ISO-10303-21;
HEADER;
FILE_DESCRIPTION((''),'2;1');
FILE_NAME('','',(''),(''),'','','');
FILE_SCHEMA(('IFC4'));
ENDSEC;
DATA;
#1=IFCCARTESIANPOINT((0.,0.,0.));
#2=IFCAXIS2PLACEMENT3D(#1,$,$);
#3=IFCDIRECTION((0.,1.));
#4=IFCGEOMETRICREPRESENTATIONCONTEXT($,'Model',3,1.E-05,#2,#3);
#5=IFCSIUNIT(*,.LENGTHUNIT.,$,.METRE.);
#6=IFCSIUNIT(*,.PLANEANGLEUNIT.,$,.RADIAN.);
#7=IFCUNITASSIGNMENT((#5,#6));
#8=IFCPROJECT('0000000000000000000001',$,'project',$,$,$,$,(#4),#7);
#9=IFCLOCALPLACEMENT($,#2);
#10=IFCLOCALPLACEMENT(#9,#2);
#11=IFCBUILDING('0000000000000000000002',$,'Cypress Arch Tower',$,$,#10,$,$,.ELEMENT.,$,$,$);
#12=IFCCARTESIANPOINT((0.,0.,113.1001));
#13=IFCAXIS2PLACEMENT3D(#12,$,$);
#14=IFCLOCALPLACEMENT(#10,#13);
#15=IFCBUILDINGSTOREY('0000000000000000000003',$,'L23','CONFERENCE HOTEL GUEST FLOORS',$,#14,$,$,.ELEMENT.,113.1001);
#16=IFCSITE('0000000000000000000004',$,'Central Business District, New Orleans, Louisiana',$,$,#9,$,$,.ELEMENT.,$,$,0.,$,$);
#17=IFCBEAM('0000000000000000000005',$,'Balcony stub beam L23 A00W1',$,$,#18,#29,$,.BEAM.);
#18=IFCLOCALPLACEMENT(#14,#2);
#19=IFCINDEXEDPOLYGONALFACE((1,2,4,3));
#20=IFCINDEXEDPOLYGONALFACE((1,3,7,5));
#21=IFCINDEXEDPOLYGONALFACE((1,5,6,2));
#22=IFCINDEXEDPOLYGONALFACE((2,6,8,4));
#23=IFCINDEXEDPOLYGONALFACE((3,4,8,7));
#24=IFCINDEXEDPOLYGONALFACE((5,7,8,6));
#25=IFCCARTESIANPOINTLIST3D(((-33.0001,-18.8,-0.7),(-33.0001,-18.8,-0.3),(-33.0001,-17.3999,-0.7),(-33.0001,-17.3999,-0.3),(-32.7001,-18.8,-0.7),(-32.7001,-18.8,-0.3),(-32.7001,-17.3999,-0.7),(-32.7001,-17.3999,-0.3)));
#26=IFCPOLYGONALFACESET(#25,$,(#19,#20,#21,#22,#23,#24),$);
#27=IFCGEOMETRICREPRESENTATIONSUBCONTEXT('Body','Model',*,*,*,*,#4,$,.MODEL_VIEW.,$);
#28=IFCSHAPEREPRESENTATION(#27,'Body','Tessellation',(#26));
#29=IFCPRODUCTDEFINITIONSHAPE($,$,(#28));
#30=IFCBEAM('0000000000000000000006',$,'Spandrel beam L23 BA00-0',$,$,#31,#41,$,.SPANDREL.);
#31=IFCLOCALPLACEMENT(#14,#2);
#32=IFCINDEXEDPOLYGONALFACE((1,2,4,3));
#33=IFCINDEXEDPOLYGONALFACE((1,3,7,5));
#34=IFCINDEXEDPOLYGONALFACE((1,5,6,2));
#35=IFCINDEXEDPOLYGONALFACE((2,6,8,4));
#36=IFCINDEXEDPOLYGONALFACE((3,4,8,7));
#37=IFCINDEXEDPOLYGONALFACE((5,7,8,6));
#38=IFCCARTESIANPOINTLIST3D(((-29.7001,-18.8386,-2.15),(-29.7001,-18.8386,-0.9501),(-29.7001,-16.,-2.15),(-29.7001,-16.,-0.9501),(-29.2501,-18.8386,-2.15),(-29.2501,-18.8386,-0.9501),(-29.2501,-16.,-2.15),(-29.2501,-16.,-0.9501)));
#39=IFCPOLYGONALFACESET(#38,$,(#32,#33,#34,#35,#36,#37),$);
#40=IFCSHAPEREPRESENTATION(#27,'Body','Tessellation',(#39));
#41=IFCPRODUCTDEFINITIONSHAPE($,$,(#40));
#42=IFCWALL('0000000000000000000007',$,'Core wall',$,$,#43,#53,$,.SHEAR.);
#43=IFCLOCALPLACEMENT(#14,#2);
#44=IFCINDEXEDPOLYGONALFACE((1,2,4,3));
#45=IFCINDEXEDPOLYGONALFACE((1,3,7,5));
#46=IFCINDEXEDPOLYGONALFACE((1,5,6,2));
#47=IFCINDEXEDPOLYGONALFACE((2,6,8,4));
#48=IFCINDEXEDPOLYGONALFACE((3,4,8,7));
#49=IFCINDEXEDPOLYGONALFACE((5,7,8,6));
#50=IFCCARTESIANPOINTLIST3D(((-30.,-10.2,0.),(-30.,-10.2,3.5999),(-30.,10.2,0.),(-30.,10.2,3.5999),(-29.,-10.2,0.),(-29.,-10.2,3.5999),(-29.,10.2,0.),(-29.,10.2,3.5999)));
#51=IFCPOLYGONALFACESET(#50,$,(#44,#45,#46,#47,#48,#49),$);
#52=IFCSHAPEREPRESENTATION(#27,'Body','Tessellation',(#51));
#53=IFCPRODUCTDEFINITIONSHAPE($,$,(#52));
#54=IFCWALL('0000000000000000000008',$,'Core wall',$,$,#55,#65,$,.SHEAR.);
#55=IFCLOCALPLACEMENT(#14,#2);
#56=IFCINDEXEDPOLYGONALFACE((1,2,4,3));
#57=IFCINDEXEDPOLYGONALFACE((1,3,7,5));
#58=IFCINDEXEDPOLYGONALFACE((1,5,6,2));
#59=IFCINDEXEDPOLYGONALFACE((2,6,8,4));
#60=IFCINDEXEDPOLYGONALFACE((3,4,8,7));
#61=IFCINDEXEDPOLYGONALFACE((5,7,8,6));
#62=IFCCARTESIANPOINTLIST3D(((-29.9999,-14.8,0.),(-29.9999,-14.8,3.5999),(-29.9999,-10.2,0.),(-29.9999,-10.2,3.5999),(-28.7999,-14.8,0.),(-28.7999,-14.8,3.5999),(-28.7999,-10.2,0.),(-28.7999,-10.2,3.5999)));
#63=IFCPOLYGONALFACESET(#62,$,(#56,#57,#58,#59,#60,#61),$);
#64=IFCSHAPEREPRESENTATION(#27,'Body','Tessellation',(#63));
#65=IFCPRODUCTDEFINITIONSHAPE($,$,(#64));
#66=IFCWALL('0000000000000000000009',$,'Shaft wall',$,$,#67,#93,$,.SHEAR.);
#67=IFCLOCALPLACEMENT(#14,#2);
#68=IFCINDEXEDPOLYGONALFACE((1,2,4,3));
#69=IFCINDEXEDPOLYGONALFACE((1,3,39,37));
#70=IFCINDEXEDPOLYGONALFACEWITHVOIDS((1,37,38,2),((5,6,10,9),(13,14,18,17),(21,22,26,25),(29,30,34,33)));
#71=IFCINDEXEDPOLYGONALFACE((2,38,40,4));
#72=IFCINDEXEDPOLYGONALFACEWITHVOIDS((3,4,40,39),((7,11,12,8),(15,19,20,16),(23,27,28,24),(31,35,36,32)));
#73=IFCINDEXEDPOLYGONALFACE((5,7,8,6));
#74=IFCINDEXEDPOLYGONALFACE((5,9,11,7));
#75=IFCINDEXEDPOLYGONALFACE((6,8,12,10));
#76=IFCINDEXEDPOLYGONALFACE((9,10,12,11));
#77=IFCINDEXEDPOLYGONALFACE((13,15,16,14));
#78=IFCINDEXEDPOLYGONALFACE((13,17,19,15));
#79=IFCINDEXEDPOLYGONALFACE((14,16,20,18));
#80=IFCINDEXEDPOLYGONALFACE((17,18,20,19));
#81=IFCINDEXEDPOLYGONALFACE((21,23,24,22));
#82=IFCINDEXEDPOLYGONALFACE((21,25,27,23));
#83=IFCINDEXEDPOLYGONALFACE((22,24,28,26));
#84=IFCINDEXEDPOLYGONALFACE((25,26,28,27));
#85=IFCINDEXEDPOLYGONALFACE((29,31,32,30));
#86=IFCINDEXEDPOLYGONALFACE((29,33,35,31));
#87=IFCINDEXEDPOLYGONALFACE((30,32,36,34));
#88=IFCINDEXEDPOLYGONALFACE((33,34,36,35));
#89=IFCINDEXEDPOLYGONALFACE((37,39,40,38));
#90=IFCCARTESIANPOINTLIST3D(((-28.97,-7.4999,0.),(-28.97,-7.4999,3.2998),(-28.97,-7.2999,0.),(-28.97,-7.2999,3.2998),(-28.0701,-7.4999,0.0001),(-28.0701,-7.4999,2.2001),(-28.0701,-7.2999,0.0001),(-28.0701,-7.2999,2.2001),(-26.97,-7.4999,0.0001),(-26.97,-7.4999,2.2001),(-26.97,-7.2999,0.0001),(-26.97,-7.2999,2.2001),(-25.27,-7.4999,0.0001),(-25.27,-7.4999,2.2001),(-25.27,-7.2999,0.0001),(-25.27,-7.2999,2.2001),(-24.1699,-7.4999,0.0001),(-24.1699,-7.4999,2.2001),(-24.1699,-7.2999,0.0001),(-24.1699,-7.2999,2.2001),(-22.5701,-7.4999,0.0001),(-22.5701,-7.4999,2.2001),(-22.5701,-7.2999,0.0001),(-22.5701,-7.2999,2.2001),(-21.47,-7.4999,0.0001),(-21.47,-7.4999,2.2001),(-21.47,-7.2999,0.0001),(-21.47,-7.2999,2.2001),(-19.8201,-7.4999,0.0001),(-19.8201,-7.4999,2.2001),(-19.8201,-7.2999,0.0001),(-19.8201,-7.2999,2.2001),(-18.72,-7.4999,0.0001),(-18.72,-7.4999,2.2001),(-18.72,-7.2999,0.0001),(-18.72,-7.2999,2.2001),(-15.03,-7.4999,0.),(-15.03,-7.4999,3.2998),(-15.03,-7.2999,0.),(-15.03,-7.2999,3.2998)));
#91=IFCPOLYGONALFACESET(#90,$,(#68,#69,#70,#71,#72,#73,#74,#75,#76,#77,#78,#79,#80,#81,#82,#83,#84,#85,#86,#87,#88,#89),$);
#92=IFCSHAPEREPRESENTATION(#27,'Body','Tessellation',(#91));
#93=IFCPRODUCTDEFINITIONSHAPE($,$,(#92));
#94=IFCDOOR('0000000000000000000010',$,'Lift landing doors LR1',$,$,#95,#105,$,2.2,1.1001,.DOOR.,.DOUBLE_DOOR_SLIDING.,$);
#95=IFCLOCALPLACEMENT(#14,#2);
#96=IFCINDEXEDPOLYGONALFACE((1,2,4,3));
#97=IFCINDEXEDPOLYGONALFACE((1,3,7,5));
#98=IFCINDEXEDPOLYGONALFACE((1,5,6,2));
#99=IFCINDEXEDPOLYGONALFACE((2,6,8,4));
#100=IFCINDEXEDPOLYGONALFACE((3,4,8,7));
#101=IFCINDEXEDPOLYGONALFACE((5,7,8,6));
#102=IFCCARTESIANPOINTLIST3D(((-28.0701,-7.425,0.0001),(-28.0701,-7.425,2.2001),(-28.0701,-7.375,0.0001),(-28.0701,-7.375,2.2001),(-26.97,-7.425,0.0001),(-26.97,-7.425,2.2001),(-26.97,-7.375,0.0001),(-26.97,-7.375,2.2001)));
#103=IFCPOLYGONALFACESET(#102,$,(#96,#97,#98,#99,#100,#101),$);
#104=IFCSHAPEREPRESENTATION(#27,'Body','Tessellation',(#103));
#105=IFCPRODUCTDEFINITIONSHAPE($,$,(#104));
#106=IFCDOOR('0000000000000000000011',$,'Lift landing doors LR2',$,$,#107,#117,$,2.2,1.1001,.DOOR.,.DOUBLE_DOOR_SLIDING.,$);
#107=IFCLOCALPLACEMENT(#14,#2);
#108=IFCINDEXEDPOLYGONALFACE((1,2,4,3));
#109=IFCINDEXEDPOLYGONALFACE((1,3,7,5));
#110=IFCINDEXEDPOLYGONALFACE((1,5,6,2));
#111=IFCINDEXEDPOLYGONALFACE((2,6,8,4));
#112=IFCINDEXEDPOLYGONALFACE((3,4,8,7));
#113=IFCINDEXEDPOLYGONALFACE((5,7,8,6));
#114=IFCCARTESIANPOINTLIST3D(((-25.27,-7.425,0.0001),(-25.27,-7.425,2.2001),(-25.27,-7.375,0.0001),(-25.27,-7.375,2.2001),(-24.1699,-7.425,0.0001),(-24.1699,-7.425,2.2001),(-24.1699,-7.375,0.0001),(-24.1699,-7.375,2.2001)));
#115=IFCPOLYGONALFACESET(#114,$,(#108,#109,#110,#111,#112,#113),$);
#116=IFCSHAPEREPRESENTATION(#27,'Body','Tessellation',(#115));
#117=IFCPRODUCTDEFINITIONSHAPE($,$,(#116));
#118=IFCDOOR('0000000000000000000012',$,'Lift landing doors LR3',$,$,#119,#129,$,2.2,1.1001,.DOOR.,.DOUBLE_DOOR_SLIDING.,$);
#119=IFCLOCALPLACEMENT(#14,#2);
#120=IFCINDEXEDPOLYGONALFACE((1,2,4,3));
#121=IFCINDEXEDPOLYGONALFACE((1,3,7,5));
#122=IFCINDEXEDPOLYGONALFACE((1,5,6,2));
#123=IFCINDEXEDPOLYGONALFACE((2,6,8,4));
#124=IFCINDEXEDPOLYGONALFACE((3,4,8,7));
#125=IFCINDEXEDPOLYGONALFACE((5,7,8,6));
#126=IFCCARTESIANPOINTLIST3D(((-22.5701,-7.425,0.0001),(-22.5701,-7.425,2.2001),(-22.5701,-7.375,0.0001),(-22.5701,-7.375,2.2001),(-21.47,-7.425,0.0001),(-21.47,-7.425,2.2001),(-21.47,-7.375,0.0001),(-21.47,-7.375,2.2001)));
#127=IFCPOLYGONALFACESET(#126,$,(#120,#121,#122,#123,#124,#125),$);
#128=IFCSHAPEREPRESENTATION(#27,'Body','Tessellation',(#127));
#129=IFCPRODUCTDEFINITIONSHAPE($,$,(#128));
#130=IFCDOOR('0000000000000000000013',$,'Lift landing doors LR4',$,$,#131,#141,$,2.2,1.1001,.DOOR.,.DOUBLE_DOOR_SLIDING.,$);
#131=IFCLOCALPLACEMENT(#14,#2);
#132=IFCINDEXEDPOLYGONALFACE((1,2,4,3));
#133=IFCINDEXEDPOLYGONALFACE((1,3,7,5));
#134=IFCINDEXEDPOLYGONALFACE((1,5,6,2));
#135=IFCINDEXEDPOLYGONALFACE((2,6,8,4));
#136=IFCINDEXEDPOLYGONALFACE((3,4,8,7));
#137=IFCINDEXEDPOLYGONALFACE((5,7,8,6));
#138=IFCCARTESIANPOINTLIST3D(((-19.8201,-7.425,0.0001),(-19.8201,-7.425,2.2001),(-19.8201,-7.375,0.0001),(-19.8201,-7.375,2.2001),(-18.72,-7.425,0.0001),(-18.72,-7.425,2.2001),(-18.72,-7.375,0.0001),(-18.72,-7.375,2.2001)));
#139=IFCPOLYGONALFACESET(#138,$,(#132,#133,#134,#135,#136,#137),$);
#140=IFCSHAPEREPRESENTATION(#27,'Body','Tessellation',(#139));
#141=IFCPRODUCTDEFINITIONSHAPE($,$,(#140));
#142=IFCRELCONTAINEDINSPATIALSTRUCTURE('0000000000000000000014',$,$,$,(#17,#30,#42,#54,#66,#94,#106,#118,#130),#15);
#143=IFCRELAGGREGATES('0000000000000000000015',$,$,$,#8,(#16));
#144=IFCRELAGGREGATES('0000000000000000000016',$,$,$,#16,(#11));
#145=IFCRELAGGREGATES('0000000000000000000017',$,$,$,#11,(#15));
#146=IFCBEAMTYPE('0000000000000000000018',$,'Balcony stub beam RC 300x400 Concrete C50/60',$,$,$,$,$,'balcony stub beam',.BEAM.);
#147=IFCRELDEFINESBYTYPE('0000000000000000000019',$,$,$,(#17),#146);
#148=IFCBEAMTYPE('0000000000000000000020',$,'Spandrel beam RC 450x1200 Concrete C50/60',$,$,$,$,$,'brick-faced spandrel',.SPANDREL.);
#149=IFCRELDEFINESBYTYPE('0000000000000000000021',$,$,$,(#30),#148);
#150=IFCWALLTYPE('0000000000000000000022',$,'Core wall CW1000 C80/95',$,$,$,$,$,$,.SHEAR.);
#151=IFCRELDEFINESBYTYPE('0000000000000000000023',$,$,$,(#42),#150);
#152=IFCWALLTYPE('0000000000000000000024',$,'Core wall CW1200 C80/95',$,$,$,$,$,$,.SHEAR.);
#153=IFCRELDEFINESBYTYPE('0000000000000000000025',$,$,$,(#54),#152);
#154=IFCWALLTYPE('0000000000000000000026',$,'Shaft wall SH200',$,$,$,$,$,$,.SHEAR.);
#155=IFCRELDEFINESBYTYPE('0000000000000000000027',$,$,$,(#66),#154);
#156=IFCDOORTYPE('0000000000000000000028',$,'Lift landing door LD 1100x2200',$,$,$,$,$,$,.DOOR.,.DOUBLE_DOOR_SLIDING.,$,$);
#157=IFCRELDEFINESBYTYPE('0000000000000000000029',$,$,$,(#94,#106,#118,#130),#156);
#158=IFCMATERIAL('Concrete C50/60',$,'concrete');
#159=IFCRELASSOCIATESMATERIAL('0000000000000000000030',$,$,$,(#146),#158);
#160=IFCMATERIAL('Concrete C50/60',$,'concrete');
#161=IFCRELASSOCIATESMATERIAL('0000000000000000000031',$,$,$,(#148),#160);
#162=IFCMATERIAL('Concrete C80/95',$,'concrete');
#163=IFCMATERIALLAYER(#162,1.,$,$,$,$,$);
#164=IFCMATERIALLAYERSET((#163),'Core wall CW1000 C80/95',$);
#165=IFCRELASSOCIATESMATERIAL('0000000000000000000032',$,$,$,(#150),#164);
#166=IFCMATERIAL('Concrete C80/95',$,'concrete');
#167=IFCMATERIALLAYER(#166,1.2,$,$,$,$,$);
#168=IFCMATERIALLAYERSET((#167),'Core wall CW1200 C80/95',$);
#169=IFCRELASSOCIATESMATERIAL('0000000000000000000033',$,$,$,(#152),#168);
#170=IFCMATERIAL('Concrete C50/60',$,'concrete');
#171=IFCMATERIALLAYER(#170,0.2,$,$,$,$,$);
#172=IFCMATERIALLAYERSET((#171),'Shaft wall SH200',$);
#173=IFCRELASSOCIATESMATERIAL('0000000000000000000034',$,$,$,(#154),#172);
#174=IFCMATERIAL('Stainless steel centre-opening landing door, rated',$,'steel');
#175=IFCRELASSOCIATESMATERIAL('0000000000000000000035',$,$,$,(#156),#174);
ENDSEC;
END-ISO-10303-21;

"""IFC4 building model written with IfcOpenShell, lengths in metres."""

from ifc_helpers import new_model, si_unit, direction, frame, frame_2d, origin, origin_2d, place, context, subcontext, project, spatial, rectangle, extrude, material, layer, layer_set, material_profile, profile_set, type_object, element, fill, save


model = new_model("IFC4")

# Units and contexts
model_context = context("Model", 3, precision=1e-05, world=origin(), true_north=direction((0.0, 1.0)))
body_context = subcontext(model_context, "Body", "Model", "MODEL_VIEW")
ifc_project = project(units=[si_unit("LENGTHUNIT", "METRE"), si_unit("PLANEANGLEUNIT", "RADIAN")], contexts=[model_context])

# Site, building, storey
site_placement = place(None, origin())
site = spatial("IfcSite", under=ifc_project, at=site_placement, Name="Central Business District, New Orleans, Louisiana", CompositionType="ELEMENT", RefElevation=0.0)
building_placement = place(site_placement, origin())
building = spatial("IfcBuilding", under=site, at=building_placement, Name="Cypress Arch Tower", CompositionType="ELEMENT")
storey_placement = place(building_placement, frame((0.0, 0.0, 113.1001)))
storey = spatial("IfcBuildingStorey", under=building, at=storey_placement, Name="L23", Description="CONFERENCE HOTEL GUEST FLOORS", CompositionType="ELEMENT", Elevation=113.1001)

# Beams
ifc_material_1 = material(Name="Concrete C50/60", Category="concrete")
ifc_material_profile_1 = material_profile(ifc_material_1, rectangle(XDim=0.3, YDim=0.3999, at=origin_2d()), Name="RC 300x400")
ifc_profile_set_1 = profile_set([ifc_material_profile_1], Name="Concrete C50/60")
beam_type_1 = type_object("IfcBeamType", Name="Balcony stub beam RC 300x400 Concrete C50/60", ElementType="balcony stub beam", PredefinedType="BEAM", material=ifc_profile_set_1)
beam_1_placement = place(storey_placement, frame((-32.8501, -17.3999, -0.5), z_axis=(0.0, -1.0, 0.0), x_axis=(1.0, 0.0, 0.0)))
element("IfcBeam", 1, at=beam_1_placement, inside=storey, type_object=beam_type_1, Name="Balcony stub beam L23 A00W1", PredefinedType="BEAM", context=body_context, shape_type="SweptSolid", body=[
    extrude(rectangle(XDim=0.3, YDim=0.3999, at=origin_2d()), origin(), (0.0, 0.0, 1.0), 1.4001),
])
ifc_material_2 = material(Name="Concrete C50/60", Category="concrete")
ifc_material_profile_2 = material_profile(ifc_material_2, rectangle(XDim=0.45, YDim=1.2, at=origin_2d()), Name="RC 450x1200")
ifc_profile_set_2 = profile_set([ifc_material_profile_2], Name="Concrete C50/60")
beam_type_2 = type_object("IfcBeamType", Name="Spandrel beam RC 450x1200 Concrete C50/60", ElementType="brick-faced spandrel", PredefinedType="SPANDREL", material=ifc_profile_set_2)
beam_2_placement = place(storey_placement, frame((-29.4751, -16.0, -1.55), z_axis=(0.0, -1.0, 0.0), x_axis=(1.0, 0.0, 0.0)))
element("IfcBeam", 2, at=beam_2_placement, inside=storey, type_object=beam_type_2, Name="Spandrel beam L23 BA00-0", PredefinedType="SPANDREL", context=body_context, shape_type="SweptSolid", body=[
    extrude(rectangle(XDim=0.45, YDim=1.2, at=origin_2d()), origin(), (0.0, 0.0, 1.0), 2.8386),
])

# Wall
ifc_material_3 = material(Name="Concrete C80/95", Category="concrete")
ifc_layer_1 = layer(ifc_material_3, 1.0)
ifc_layer_set_1 = layer_set([ifc_layer_1], Name="Core wall CW1000 C80/95")
wall_type_1 = type_object("IfcWallType", Name="Core wall CW1000 C80/95", PredefinedType="SHEAR", material=ifc_layer_set_1)
wall_1_placement = place(storey_placement, frame((-29.5, -10.2, 0.0), z_axis=(0.0, 0.0, 1.0), x_axis=(0.0, 1.0, 0.0)))
element("IfcWall", 3, at=wall_1_placement, inside=storey, type_object=wall_type_1, Name="Core wall", PredefinedType="SHEAR", context=body_context, shape_type="SweptSolid", body=[
    extrude(rectangle(XDim=20.3999, YDim=1.0, at=frame_2d((10.2, 0.0))), origin(), (0.0, 0.0, 1.0), 3.5999),
])

# Shared definitions
ifc_material_4 = material(Name="Concrete C80/95", Category="concrete")
ifc_layer_2 = layer(ifc_material_4, 1.2)
ifc_layer_set_2 = layer_set([ifc_layer_2], Name="Core wall CW1200 C80/95")
wall_type_2 = type_object("IfcWallType", Name="Core wall CW1200 C80/95", PredefinedType="SHEAR", material=ifc_layer_set_2)

# Wall
wall_2_placement = place(storey_placement, frame((-29.3999, -14.8, 0.0), z_axis=(0.0, 0.0, 1.0), x_axis=(0.0, 1.0, 0.0)))
element("IfcWall", 4, at=wall_2_placement, inside=storey, type_object=wall_type_2, Name="Core wall", PredefinedType="SHEAR", context=body_context, shape_type="SweptSolid", body=[
    extrude(rectangle(XDim=4.6001, YDim=1.2, at=frame_2d((2.3, 0.0))), origin(), (0.0, 0.0, 1.0), 3.5999),
])

# Wall, openings, doors
ifc_material_5 = material(Name="Concrete C50/60", Category="concrete")
ifc_layer_3 = layer(ifc_material_5, 0.2)
ifc_layer_set_3 = layer_set([ifc_layer_3], Name="Shaft wall SH200")
wall_type_3 = type_object("IfcWallType", Name="Shaft wall SH200", PredefinedType="SHEAR", material=ifc_layer_set_3)
wall_3_placement = place(storey_placement, frame((-28.97, -7.3999, 0.0), z_axis=(0.0, 0.0, 1.0), x_axis=(1.0, 0.0, 0.0)))
wall_3 = element("IfcWall", 5, at=wall_3_placement, inside=storey, type_object=wall_type_3, Name="Shaft wall", PredefinedType="SHEAR", context=body_context, shape_type="SweptSolid", body=[
    extrude(rectangle(XDim=13.9399, YDim=0.2, at=frame_2d((6.97, 0.0))), origin(), (0.0, 0.0, 1.0), 3.2998),
])
opening_1_placement = place(wall_3_placement, frame((0.8999, 0.0, 0.0)))
opening_1 = element("IfcOpeningElement", 6, at=opening_1_placement, cuts=wall_3, PredefinedType="OPENING", context=body_context, shape_type="SweptSolid", body=[
    extrude(rectangle(XDim=1.1001, YDim=2.2, at=frame_2d((0.55, 1.1001))), frame((0.0, 0.1099, 0.0), z_axis=(0.0, -1.0, 0.0), x_axis=(1.0, 0.0, 0.0)), (0.0, 0.0, 1.0), 0.22),
])
opening_2_placement = place(wall_3_placement, frame((3.7, 0.0, 0.0)))
opening_2 = element("IfcOpeningElement", 7, at=opening_2_placement, cuts=wall_3, PredefinedType="OPENING", context=body_context, shape_type="SweptSolid", body=[
    extrude(rectangle(XDim=1.1001, YDim=2.2, at=frame_2d((0.55, 1.1001))), frame((0.0, 0.1099, 0.0), z_axis=(0.0, -1.0, 0.0), x_axis=(1.0, 0.0, 0.0)), (0.0, 0.0, 1.0), 0.22),
])
opening_3_placement = place(wall_3_placement, frame((6.3999, 0.0, 0.0)))
opening_3 = element("IfcOpeningElement", 8, at=opening_3_placement, cuts=wall_3, PredefinedType="OPENING", context=body_context, shape_type="SweptSolid", body=[
    extrude(rectangle(XDim=1.1001, YDim=2.2, at=frame_2d((0.55, 1.1001))), frame((0.0, 0.1099, 0.0), z_axis=(0.0, -1.0, 0.0), x_axis=(1.0, 0.0, 0.0)), (0.0, 0.0, 1.0), 0.22),
])
opening_4_placement = place(wall_3_placement, frame((9.1499, 0.0, 0.0)))
opening_4 = element("IfcOpeningElement", 9, at=opening_4_placement, cuts=wall_3, PredefinedType="OPENING", context=body_context, shape_type="SweptSolid", body=[
    extrude(rectangle(XDim=1.1001, YDim=2.2, at=frame_2d((0.55, 1.1001))), frame((0.0, 0.1099, 0.0), z_axis=(0.0, -1.0, 0.0), x_axis=(1.0, 0.0, 0.0)), (0.0, 0.0, 1.0), 0.22),
])
ifc_material_6 = material(Name="Stainless steel centre-opening landing door, rated", Category="steel")
door_type_1 = type_object("IfcDoorType", Name="Lift landing door LD 1100x2200", OperationType="DOUBLE_DOOR_SLIDING", PredefinedType="DOOR", material=ifc_material_6)
door_1_placement = place(opening_1_placement, origin())
door_1 = element("IfcDoor", 10, at=door_1_placement, inside=storey, type_object=door_type_1, Name="Lift landing doors LR1", OperationType="DOUBLE_DOOR_SLIDING", OverallHeight=2.2, OverallWidth=1.1001, PredefinedType="DOOR", context=body_context, shape_type="SweptSolid", body=[
    extrude(rectangle(XDim=1.1001, YDim=2.2, at=frame_2d((0.55, 1.1001))), frame((0.0, 0.0249, 0.0), z_axis=(0.0, -1.0, 0.0), x_axis=(1.0, 0.0, 0.0)), (0.0, 0.0, 1.0), 0.05),
])
fill(opening_1, door_1)
door_2_placement = place(opening_2_placement, origin())
door_2 = element("IfcDoor", 11, at=door_2_placement, inside=storey, type_object=door_type_1, Name="Lift landing doors LR2", OperationType="DOUBLE_DOOR_SLIDING", OverallHeight=2.2, OverallWidth=1.1001, PredefinedType="DOOR", context=body_context, shape_type="SweptSolid", body=[
    extrude(rectangle(XDim=1.1001, YDim=2.2, at=frame_2d((0.55, 1.1001))), frame((0.0, 0.0249, 0.0), z_axis=(0.0, -1.0, 0.0), x_axis=(1.0, 0.0, 0.0)), (0.0, 0.0, 1.0), 0.05),
])
fill(opening_2, door_2)
door_3_placement = place(opening_3_placement, origin())
door_3 = element("IfcDoor", 12, at=door_3_placement, inside=storey, type_object=door_type_1, Name="Lift landing doors LR3", OperationType="DOUBLE_DOOR_SLIDING", OverallHeight=2.2, OverallWidth=1.1001, PredefinedType="DOOR", context=body_context, shape_type="SweptSolid", body=[
    extrude(rectangle(XDim=1.1001, YDim=2.2, at=frame_2d((0.55, 1.1001))), frame((0.0, 0.0249, 0.0), z_axis=(0.0, -1.0, 0.0), x_axis=(1.0, 0.0, 0.0)), (0.0, 0.0, 1.0), 0.05),
])
fill(opening_3, door_3)
door_4_placement = place(opening_4_placement, origin())
door_4 = element("IfcDoor", 13, at=door_4_placement, inside=storey, type_object=door_type_1, Name="Lift landing doors LR4", OperationType="DOUBLE_DOOR_SLIDING", OverallHeight=2.2, OverallWidth=1.1001, PredefinedType="DOOR", context=body_context, shape_type="SweptSolid", body=[
    extrude(rectangle(XDim=1.1001, YDim=2.2, at=frame_2d((0.55, 1.1001))), frame((0.0, 0.0249, 0.0), z_axis=(0.0, -1.0, 0.0), x_axis=(1.0, 0.0, 0.0)), (0.0, 0.0, 1.0), 0.05),
])
fill(opening_4, door_4)

save(model, "model.ifc")
